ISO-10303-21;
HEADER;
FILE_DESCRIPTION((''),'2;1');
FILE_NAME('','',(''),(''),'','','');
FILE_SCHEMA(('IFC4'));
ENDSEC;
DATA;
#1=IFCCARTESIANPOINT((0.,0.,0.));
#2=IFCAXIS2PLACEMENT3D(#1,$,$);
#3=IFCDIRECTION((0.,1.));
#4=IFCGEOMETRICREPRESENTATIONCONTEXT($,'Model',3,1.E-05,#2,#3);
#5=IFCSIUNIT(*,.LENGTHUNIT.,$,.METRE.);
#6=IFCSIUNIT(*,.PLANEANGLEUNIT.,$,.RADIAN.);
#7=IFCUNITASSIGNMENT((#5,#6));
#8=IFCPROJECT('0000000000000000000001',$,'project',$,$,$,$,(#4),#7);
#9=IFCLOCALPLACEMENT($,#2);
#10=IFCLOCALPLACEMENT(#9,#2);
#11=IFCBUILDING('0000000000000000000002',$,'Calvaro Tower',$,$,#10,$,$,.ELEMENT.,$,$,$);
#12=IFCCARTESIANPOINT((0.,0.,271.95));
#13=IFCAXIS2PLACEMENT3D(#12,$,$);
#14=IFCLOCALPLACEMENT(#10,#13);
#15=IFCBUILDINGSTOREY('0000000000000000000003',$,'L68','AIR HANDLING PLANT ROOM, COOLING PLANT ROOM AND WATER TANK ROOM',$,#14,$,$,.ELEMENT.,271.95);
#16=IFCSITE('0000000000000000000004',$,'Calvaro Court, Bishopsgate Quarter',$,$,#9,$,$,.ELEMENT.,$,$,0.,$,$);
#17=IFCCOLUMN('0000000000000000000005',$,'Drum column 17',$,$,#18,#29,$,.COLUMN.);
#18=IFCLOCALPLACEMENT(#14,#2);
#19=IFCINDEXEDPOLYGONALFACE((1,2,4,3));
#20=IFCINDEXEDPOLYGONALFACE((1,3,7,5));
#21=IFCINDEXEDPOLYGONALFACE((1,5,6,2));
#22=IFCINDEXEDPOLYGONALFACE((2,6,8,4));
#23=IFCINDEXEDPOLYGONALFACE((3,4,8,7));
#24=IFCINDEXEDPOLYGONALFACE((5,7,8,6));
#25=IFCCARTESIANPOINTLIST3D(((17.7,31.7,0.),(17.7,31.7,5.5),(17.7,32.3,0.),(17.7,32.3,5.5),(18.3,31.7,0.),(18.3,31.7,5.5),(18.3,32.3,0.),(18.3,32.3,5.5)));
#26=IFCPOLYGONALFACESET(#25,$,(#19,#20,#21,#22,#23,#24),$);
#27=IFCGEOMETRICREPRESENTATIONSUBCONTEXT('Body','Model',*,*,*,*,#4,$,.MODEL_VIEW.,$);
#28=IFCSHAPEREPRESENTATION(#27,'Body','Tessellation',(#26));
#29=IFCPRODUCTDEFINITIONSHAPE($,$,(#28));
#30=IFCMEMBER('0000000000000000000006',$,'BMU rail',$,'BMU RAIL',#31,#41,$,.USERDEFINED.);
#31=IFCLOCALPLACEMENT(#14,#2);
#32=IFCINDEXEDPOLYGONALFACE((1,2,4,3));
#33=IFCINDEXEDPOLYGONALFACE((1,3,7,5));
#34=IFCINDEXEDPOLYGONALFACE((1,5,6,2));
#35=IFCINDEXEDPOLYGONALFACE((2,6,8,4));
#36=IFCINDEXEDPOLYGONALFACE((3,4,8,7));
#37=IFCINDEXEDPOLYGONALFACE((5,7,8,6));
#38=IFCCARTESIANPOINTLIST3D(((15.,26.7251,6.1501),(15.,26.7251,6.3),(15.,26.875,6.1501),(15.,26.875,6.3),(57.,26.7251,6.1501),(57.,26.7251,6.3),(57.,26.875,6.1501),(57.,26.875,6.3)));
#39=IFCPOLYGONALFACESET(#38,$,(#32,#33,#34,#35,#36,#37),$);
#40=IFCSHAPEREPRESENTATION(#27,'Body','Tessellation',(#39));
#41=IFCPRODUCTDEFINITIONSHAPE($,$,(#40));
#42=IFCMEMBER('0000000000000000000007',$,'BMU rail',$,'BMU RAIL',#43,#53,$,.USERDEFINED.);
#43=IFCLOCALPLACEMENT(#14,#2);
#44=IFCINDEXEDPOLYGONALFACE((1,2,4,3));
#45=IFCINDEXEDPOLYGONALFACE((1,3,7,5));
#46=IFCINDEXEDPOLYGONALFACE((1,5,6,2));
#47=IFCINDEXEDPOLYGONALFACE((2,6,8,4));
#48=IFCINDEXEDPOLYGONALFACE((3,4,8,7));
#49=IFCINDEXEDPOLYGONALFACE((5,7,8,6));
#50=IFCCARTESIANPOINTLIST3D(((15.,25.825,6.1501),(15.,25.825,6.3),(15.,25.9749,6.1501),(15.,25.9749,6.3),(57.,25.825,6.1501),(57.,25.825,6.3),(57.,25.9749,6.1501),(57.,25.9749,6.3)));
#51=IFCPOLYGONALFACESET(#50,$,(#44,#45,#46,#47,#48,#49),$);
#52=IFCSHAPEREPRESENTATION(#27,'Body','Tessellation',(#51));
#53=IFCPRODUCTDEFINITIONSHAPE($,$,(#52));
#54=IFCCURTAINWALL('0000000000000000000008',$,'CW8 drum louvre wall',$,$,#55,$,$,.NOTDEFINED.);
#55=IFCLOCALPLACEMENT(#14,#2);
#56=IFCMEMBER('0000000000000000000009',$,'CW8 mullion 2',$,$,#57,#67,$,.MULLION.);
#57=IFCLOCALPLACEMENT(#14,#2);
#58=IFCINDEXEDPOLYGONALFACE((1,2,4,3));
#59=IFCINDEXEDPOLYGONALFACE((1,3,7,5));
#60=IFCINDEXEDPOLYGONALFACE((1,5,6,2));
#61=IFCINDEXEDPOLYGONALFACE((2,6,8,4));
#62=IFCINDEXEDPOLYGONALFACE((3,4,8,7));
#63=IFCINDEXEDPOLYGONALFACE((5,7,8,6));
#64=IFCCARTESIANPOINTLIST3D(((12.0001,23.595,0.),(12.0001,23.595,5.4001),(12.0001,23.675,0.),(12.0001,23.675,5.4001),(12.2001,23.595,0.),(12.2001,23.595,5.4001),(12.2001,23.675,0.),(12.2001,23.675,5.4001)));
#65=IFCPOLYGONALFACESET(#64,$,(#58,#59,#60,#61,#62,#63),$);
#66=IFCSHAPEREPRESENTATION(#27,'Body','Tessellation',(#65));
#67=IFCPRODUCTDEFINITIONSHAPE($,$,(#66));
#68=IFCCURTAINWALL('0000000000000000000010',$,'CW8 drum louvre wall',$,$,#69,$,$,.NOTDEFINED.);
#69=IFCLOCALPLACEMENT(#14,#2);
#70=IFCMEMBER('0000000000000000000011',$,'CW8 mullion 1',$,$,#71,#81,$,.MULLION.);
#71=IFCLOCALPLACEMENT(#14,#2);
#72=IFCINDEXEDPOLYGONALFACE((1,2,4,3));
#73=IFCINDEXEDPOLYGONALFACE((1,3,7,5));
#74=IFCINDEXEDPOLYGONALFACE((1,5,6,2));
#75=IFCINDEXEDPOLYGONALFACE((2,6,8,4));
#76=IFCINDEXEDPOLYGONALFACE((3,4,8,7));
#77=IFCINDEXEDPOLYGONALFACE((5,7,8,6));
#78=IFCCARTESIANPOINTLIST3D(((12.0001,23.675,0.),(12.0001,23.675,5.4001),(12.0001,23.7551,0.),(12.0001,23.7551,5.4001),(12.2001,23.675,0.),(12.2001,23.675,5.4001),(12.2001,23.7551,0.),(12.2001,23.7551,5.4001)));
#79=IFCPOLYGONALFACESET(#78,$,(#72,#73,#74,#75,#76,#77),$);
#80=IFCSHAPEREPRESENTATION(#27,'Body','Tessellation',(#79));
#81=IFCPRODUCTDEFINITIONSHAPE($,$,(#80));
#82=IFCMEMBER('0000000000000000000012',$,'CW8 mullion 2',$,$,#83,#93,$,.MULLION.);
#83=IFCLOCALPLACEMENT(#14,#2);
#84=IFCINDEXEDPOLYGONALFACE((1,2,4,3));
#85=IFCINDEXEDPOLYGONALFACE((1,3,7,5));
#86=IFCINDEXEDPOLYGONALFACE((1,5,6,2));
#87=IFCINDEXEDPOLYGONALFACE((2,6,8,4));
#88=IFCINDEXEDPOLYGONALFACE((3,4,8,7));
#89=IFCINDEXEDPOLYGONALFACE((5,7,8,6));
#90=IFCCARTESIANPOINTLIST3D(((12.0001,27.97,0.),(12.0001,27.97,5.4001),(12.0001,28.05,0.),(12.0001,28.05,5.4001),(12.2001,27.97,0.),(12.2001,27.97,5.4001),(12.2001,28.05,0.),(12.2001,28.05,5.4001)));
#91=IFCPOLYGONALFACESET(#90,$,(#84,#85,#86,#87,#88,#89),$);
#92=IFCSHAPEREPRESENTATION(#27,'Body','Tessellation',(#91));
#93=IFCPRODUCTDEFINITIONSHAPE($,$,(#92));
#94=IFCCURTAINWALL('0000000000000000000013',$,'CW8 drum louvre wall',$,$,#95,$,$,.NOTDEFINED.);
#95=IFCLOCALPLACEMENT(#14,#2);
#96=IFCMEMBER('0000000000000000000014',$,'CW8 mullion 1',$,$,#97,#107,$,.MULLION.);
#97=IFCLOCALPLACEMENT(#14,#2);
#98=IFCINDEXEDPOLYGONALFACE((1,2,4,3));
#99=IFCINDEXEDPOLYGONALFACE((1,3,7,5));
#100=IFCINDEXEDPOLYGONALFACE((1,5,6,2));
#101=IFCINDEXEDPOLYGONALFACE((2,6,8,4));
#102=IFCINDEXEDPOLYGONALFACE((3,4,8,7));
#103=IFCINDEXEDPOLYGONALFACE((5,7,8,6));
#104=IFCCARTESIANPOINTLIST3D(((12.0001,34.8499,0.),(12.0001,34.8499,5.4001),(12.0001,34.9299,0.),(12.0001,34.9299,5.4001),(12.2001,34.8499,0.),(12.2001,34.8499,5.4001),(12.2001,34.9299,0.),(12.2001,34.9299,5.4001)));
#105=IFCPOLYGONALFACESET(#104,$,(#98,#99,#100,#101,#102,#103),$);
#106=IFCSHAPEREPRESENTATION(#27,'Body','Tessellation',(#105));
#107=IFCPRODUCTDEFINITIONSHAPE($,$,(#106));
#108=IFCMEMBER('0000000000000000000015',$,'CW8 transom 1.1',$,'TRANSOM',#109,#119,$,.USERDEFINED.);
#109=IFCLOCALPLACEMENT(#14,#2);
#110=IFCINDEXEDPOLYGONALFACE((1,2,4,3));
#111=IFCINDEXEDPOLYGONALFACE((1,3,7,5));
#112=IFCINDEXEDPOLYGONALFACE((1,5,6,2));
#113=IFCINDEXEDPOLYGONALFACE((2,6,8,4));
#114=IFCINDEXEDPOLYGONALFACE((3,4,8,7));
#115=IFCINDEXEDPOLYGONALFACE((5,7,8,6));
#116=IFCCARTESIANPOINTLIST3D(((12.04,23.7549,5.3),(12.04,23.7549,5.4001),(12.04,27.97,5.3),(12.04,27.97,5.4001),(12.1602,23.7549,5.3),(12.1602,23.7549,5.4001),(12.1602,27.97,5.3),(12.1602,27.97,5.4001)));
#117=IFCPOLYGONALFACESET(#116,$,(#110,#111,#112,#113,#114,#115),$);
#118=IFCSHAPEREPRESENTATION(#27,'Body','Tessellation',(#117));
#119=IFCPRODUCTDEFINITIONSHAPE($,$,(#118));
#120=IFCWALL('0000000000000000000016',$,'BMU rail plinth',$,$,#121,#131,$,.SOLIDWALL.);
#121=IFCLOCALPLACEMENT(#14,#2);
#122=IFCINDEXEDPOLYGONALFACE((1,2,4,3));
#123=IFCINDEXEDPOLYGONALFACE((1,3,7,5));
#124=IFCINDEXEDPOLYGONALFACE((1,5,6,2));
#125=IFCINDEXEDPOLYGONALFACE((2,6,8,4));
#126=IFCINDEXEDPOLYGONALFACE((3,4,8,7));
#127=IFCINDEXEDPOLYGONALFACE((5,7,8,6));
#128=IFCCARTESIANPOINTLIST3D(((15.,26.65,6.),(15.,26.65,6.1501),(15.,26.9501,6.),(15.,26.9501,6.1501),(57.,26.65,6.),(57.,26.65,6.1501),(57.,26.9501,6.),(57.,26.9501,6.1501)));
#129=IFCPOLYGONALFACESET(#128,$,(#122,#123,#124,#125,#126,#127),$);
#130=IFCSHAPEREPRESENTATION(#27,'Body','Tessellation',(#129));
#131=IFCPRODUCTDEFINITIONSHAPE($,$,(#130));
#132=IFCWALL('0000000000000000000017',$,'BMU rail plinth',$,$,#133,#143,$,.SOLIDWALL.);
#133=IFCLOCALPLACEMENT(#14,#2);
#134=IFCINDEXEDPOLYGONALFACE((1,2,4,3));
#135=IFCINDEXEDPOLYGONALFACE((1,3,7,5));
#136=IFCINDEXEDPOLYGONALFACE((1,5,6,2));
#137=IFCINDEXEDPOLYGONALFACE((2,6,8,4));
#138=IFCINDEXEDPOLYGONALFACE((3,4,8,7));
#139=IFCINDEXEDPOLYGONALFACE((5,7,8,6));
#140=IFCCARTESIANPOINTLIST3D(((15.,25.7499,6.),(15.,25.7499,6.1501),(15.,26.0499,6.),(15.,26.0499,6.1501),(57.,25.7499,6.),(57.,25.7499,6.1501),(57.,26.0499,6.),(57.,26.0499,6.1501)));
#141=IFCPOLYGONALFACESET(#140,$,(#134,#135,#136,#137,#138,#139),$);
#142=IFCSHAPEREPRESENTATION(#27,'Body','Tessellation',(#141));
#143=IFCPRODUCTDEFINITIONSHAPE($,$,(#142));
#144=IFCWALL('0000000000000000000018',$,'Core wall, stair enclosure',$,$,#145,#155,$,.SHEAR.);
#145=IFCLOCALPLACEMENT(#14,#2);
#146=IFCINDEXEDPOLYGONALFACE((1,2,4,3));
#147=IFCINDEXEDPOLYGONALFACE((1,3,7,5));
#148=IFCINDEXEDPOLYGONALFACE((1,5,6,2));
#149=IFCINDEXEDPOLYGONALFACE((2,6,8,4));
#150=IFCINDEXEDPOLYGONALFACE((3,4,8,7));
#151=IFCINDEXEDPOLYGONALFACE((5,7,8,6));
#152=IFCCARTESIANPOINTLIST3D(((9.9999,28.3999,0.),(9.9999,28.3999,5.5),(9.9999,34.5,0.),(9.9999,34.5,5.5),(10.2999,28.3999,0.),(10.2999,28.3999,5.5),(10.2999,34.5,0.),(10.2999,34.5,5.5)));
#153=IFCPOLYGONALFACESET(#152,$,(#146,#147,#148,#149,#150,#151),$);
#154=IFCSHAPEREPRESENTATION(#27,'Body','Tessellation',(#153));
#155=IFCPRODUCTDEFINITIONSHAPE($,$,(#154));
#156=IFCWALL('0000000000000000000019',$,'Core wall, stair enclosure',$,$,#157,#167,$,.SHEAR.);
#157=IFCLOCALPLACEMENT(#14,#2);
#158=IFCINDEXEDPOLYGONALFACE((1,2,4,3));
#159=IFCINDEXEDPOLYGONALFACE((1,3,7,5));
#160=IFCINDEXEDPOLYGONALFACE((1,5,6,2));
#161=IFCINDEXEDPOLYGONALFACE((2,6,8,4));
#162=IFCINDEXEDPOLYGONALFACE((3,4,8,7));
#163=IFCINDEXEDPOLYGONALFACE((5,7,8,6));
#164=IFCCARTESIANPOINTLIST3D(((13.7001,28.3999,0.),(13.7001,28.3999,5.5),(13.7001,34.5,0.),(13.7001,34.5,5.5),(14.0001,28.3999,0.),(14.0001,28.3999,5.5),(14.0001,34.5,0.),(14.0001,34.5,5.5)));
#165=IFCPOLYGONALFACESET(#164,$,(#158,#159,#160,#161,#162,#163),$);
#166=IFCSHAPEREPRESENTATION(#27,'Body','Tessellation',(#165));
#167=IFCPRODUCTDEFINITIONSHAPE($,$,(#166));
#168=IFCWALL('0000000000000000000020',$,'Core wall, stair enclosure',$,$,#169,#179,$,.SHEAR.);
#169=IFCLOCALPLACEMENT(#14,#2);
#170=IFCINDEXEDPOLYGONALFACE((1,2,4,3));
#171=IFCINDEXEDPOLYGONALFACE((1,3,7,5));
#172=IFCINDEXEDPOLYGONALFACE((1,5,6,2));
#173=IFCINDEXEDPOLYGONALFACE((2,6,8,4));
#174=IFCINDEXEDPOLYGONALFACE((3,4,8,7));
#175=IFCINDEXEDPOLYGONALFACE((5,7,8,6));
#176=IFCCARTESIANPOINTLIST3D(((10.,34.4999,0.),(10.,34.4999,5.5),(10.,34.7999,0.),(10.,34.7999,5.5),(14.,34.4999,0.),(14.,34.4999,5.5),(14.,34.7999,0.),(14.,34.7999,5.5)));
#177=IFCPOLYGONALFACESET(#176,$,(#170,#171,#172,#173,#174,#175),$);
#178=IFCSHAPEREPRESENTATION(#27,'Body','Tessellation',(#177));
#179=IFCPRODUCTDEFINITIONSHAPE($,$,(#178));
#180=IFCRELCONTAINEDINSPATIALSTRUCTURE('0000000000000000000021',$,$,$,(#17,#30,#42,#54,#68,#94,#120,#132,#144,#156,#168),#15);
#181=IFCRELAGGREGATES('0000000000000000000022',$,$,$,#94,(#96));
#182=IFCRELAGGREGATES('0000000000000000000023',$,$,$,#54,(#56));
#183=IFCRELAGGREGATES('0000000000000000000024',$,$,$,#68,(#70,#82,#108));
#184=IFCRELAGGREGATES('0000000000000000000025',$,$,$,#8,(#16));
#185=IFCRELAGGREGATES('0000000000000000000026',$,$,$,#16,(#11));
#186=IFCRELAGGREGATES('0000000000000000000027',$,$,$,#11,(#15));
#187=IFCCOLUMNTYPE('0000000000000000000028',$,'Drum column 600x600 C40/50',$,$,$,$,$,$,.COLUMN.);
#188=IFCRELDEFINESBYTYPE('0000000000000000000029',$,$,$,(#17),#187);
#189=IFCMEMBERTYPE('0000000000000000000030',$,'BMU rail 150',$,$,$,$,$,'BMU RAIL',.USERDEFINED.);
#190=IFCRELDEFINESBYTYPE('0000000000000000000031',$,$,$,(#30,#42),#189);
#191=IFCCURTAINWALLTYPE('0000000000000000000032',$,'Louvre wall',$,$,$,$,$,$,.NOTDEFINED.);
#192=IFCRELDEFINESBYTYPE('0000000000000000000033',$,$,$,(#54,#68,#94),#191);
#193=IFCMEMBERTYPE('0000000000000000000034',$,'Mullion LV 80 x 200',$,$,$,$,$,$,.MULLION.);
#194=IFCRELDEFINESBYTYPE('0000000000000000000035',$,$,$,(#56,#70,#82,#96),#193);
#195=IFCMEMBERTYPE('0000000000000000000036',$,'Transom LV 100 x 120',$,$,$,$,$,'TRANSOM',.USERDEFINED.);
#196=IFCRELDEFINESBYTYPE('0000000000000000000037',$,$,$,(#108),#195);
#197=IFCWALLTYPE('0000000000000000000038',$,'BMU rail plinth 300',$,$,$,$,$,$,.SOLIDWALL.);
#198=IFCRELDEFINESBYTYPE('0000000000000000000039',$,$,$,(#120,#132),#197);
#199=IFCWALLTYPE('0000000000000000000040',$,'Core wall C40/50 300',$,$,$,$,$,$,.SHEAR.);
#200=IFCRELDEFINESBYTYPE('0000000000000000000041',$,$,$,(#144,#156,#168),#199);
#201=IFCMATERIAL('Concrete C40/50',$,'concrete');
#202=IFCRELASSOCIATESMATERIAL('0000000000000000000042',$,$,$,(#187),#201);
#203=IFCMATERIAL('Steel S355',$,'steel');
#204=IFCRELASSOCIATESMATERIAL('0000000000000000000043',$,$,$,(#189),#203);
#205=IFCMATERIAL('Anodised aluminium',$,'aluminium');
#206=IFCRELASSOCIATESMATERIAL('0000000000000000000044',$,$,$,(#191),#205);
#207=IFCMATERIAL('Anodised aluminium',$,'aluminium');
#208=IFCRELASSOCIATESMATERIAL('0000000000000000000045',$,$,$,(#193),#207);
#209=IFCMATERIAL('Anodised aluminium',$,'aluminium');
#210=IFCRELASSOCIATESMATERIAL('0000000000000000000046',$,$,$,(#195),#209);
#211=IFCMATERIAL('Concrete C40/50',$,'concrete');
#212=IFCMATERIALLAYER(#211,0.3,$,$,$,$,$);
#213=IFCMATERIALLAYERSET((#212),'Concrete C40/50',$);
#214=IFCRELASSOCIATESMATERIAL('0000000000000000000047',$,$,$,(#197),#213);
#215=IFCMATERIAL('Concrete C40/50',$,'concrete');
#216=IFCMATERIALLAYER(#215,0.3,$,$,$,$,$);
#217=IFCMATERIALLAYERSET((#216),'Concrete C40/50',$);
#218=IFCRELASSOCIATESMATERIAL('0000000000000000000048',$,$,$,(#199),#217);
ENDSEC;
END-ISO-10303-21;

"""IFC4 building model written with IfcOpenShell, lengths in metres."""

from ifc_helpers import new_model, si_unit, direction, frame, frame_2d, origin, origin_2d, place, context, subcontext, project, spatial, rectangle, extrude, material, layer, layer_set, material_profile, profile_set, type_object, element, aggregate, save


model = new_model("IFC4")

# Units and contexts
model_context = context("Model", 3, precision=1e-05, world=origin(), true_north=direction((0.0, 1.0)))
body_context = subcontext(model_context, "Body", "Model", "MODEL_VIEW")
ifc_project = project(units=[si_unit("LENGTHUNIT", "METRE"), si_unit("PLANEANGLEUNIT", "RADIAN")], contexts=[model_context])

# Site, building, storey
site_placement = place(None, origin())
site = spatial("IfcSite", under=ifc_project, at=site_placement, Name="Calvaro Court, Bishopsgate Quarter", CompositionType="ELEMENT", RefElevation=0.0)
building_placement = place(site_placement, origin())
building = spatial("IfcBuilding", under=site, at=building_placement, Name="Calvaro Tower", CompositionType="ELEMENT")
storey_placement = place(building_placement, frame((0.0, 0.0, 271.95)))
storey = spatial("IfcBuildingStorey", under=building, at=storey_placement, Name="L68", Description="AIR HANDLING PLANT ROOM, COOLING PLANT ROOM AND WATER TANK ROOM", CompositionType="ELEMENT", Elevation=271.95)

# Column
ifc_material_1 = material(Name="Concrete C40/50", Category="concrete")
ifc_material_profile_1 = material_profile(ifc_material_1, rectangle(XDim=0.6001, YDim=0.6001, at=origin_2d()), Name="RC 600x600")
ifc_profile_set_1 = profile_set([ifc_material_profile_1], Name="Concrete C40/50")
column_type = type_object("IfcColumnType", Name="Drum column 600x600 C40/50", PredefinedType="COLUMN", material=ifc_profile_set_1)
column_placement = place(storey_placement, frame((18.0, 32.0, 0.0), z_axis=(0.0, 0.0, 1.0), x_axis=(1.0, 0.0, 0.0)))
element("IfcColumn", 1, at=column_placement, inside=storey, type_object=column_type, Name="Drum column 17", PredefinedType="COLUMN", context=body_context, shape_type="SweptSolid", body=[
    extrude(rectangle(XDim=0.6001, YDim=0.6001, at=origin_2d()), origin(), (0.0, 0.0, 1.0), 5.5),
])

# Members
ifc_material_2 = material(Name="Steel S355", Category="steel")
ifc_material_profile_2 = material_profile(ifc_material_2, rectangle(XDim=0.1499, YDim=0.1499, at=origin_2d()), Name="BMU rail 150")
ifc_profile_set_2 = profile_set([ifc_material_profile_2], Name="Steel S355")
member_type_1 = type_object("IfcMemberType", Name="BMU rail 150", ElementType="BMU RAIL", PredefinedType="USERDEFINED", material=ifc_profile_set_2)
for number, where, z_axis, x_axis, name in (
    (2, (15.0, 26.8, 6.2251), (1.0, 0.0, 0.0), (0.0, 1.0, 0.0), "BMU rail"),
    (3, (15.0, 25.8999, 6.2251), (1.0, 0.0, 0.0), (0.0, 1.0, 0.0), "BMU rail"),
):
    element("IfcMember", number, at=place(storey_placement, frame(where, z_axis=z_axis, x_axis=x_axis)), inside=storey, type_object=member_type_1, Name=name, ObjectType="BMU RAIL", PredefinedType="USERDEFINED", context=body_context, shape_type="SweptSolid", body=[
        extrude(rectangle(XDim=0.1499, YDim=0.1499, at=origin_2d()), origin(), (0.0, 0.0, 1.0), 42.0),
    ])

# Curtain wall, member
ifc_material_3 = material(Name="Anodised aluminium", Category="aluminium")
curtain_wall_type = type_object("IfcCurtainWallType", Name="Louvre wall", PredefinedType="NOTDEFINED", material=ifc_material_3)
curtain_wall_1_placement = place(storey_placement, origin())
curtain_wall_1 = element("IfcCurtainWall", 4, at=curtain_wall_1_placement, inside=storey, type_object=curtain_wall_type, Name="CW8 drum louvre wall", PredefinedType="NOTDEFINED")
ifc_material_4 = material(Name="Anodised aluminium", Category="aluminium")
ifc_material_profile_3 = material_profile(ifc_material_4, rectangle(XDim=0.2, YDim=0.0801, at=origin_2d()), Name="Mullion LV 80 x 200")
ifc_profile_set_3 = profile_set([ifc_material_profile_3], Name="Anodised aluminium")
member_type_2 = type_object("IfcMemberType", Name="Mullion LV 80 x 200", PredefinedType="MULLION", material=ifc_profile_set_3)
member_1_placement = place(storey_placement, frame((12.1001, 23.635, 0.0), z_axis=(0.0, 0.0, 1.0), x_axis=(-1.0, 0.0, 0.0)))
member_1 = element("IfcMember", 5, at=member_1_placement, type_object=member_type_2, Name="CW8 mullion 2", PredefinedType="MULLION", context=body_context, shape_type="SweptSolid", body=[
    extrude(rectangle(XDim=0.2, YDim=0.0801, at=origin_2d()), origin(), (0.0, 0.0, 1.0), 5.4001),
])

# Curtain wall, members
curtain_wall_2_placement = place(storey_placement, origin())
curtain_wall_2 = element("IfcCurtainWall", 6, at=curtain_wall_2_placement, inside=storey, type_object=curtain_wall_type, Name="CW8 drum louvre wall", PredefinedType="NOTDEFINED")
member_2_placement = place(storey_placement, frame((12.1001, 23.7151, 0.0), z_axis=(0.0, 0.0, 1.0), x_axis=(-1.0, 0.0, 0.0)))
member_2 = element("IfcMember", 7, at=member_2_placement, type_object=member_type_2, Name="CW8 mullion 1", PredefinedType="MULLION", context=body_context, shape_type="SweptSolid", body=[
    extrude(rectangle(XDim=0.2, YDim=0.0801, at=origin_2d()), origin(), (0.0, 0.0, 1.0), 5.4001),
])
member_3_placement = place(storey_placement, frame((12.1001, 28.01, 0.0), z_axis=(0.0, 0.0, 1.0), x_axis=(-1.0, 0.0, 0.0)))
member_3 = element("IfcMember", 8, at=member_3_placement, type_object=member_type_2, Name="CW8 mullion 2", PredefinedType="MULLION", context=body_context, shape_type="SweptSolid", body=[
    extrude(rectangle(XDim=0.2, YDim=0.0801, at=origin_2d()), origin(), (0.0, 0.0, 1.0), 5.4001),
])

# Curtain wall, member
curtain_wall_3_placement = place(storey_placement, origin())
curtain_wall_3 = element("IfcCurtainWall", 9, at=curtain_wall_3_placement, inside=storey, type_object=curtain_wall_type, Name="CW8 drum louvre wall", PredefinedType="NOTDEFINED")
member_4_placement = place(storey_placement, frame((12.1001, 34.8899, 0.0), z_axis=(0.0, 0.0, 1.0), x_axis=(-1.0, 0.0, 0.0)))
member_4 = element("IfcMember", 10, at=member_4_placement, type_object=member_type_2, Name="CW8 mullion 1", PredefinedType="MULLION", context=body_context, shape_type="SweptSolid", body=[
    extrude(rectangle(XDim=0.2, YDim=0.0801, at=origin_2d()), origin(), (0.0, 0.0, 1.0), 5.4001),
])
aggregate(curtain_wall_3, [member_4])

# Member
ifc_material_5 = material(Name="Anodised aluminium", Category="aluminium")
ifc_material_profile_4 = material_profile(ifc_material_5, rectangle(XDim=0.1201, YDim=0.1001, at=origin_2d()), Name="Transom LV 100 x 120")
ifc_profile_set_4 = profile_set([ifc_material_profile_4], Name="Anodised aluminium")
member_type_3 = type_object("IfcMemberType", Name="Transom LV 100 x 120", ElementType="TRANSOM", PredefinedType="USERDEFINED", material=ifc_profile_set_4)
member_5_placement = place(storey_placement, frame((12.1001, 23.7549, 5.3501), z_axis=(0.0, 1.0, 0.0), x_axis=(-1.0, 0.0, 0.0)))
member_5 = element("IfcMember", 11, at=member_5_placement, type_object=member_type_3, Name="CW8 transom 1.1", ObjectType="TRANSOM", PredefinedType="USERDEFINED", context=body_context, shape_type="SweptSolid", body=[
    extrude(rectangle(XDim=0.1201, YDim=0.1001, at=origin_2d()), origin(), (0.0, 0.0, 1.0), 4.2151),
])

# Walls
ifc_material_6 = material(Name="Concrete C40/50", Category="concrete")
ifc_layer_1 = layer(ifc_material_6, 0.3)
ifc_layer_set_1 = layer_set([ifc_layer_1], Name="Concrete C40/50")
wall_type_1 = type_object("IfcWallType", Name="BMU rail plinth 300", PredefinedType="SOLIDWALL", material=ifc_layer_set_1)
for number, where, z_axis, x_axis, name in (
    (12, (15.0, 26.8, 6.0), (0.0, 0.0, 1.0), (1.0, 0.0, 0.0), "BMU rail plinth"),
    (13, (15.0, 25.8999, 6.0), (0.0, 0.0, 1.0), (1.0, 0.0, 0.0), "BMU rail plinth"),
):
    element("IfcWall", number, at=place(storey_placement, frame(where, z_axis=z_axis, x_axis=x_axis)), inside=storey, type_object=wall_type_1, Name=name, PredefinedType="SOLIDWALL", context=body_context, shape_type="SweptSolid", body=[
        extrude(rectangle(XDim=42.0, YDim=0.3, at=frame_2d((21.0, 0.0))), origin(), (0.0, 0.0, 1.0), 0.1501),
    ])
ifc_material_7 = material(Name="Concrete C40/50", Category="concrete")
ifc_layer_2 = layer(ifc_material_7, 0.3)
ifc_layer_set_2 = layer_set([ifc_layer_2], Name="Concrete C40/50")
wall_type_2 = type_object("IfcWallType", Name="Core wall C40/50 300", PredefinedType="SHEAR", material=ifc_layer_set_2)
for number, where, z_axis, x_axis, name in (
    (14, (10.1499, 28.3999, 0.0), (0.0, 0.0, 1.0), (0.0, 1.0, 0.0), "Core wall, stair enclosure"),
    (15, (13.8501, 28.3999, 0.0), (0.0, 0.0, 1.0), (0.0, 1.0, 0.0), "Core wall, stair enclosure"),
):
    element("IfcWall", number, at=place(storey_placement, frame(where, z_axis=z_axis, x_axis=x_axis)), inside=storey, type_object=wall_type_2, Name=name, PredefinedType="SHEAR", context=body_context, shape_type="SweptSolid", body=[
        extrude(rectangle(XDim=6.1001, YDim=0.3, at=frame_2d((3.05, 0.0))), origin(), (0.0, 0.0, 1.0), 5.5),
    ])
wall_1_placement = place(storey_placement, frame((10.0, 34.6499, 0.0), z_axis=(0.0, 0.0, 1.0), x_axis=(1.0, 0.0, 0.0)))
element("IfcWall", 16, at=wall_1_placement, inside=storey, type_object=wall_type_2, Name="Core wall, stair enclosure", PredefinedType="SHEAR", context=body_context, shape_type="SweptSolid", body=[
    extrude(rectangle(XDim=4.0, YDim=0.3, at=frame_2d((2.0, 0.0))), origin(), (0.0, 0.0, 1.0), 5.5),
])

aggregate(curtain_wall_1, [member_1])
aggregate(curtain_wall_2, [member_2, member_3, member_5])

save(model, "model.ifc")
